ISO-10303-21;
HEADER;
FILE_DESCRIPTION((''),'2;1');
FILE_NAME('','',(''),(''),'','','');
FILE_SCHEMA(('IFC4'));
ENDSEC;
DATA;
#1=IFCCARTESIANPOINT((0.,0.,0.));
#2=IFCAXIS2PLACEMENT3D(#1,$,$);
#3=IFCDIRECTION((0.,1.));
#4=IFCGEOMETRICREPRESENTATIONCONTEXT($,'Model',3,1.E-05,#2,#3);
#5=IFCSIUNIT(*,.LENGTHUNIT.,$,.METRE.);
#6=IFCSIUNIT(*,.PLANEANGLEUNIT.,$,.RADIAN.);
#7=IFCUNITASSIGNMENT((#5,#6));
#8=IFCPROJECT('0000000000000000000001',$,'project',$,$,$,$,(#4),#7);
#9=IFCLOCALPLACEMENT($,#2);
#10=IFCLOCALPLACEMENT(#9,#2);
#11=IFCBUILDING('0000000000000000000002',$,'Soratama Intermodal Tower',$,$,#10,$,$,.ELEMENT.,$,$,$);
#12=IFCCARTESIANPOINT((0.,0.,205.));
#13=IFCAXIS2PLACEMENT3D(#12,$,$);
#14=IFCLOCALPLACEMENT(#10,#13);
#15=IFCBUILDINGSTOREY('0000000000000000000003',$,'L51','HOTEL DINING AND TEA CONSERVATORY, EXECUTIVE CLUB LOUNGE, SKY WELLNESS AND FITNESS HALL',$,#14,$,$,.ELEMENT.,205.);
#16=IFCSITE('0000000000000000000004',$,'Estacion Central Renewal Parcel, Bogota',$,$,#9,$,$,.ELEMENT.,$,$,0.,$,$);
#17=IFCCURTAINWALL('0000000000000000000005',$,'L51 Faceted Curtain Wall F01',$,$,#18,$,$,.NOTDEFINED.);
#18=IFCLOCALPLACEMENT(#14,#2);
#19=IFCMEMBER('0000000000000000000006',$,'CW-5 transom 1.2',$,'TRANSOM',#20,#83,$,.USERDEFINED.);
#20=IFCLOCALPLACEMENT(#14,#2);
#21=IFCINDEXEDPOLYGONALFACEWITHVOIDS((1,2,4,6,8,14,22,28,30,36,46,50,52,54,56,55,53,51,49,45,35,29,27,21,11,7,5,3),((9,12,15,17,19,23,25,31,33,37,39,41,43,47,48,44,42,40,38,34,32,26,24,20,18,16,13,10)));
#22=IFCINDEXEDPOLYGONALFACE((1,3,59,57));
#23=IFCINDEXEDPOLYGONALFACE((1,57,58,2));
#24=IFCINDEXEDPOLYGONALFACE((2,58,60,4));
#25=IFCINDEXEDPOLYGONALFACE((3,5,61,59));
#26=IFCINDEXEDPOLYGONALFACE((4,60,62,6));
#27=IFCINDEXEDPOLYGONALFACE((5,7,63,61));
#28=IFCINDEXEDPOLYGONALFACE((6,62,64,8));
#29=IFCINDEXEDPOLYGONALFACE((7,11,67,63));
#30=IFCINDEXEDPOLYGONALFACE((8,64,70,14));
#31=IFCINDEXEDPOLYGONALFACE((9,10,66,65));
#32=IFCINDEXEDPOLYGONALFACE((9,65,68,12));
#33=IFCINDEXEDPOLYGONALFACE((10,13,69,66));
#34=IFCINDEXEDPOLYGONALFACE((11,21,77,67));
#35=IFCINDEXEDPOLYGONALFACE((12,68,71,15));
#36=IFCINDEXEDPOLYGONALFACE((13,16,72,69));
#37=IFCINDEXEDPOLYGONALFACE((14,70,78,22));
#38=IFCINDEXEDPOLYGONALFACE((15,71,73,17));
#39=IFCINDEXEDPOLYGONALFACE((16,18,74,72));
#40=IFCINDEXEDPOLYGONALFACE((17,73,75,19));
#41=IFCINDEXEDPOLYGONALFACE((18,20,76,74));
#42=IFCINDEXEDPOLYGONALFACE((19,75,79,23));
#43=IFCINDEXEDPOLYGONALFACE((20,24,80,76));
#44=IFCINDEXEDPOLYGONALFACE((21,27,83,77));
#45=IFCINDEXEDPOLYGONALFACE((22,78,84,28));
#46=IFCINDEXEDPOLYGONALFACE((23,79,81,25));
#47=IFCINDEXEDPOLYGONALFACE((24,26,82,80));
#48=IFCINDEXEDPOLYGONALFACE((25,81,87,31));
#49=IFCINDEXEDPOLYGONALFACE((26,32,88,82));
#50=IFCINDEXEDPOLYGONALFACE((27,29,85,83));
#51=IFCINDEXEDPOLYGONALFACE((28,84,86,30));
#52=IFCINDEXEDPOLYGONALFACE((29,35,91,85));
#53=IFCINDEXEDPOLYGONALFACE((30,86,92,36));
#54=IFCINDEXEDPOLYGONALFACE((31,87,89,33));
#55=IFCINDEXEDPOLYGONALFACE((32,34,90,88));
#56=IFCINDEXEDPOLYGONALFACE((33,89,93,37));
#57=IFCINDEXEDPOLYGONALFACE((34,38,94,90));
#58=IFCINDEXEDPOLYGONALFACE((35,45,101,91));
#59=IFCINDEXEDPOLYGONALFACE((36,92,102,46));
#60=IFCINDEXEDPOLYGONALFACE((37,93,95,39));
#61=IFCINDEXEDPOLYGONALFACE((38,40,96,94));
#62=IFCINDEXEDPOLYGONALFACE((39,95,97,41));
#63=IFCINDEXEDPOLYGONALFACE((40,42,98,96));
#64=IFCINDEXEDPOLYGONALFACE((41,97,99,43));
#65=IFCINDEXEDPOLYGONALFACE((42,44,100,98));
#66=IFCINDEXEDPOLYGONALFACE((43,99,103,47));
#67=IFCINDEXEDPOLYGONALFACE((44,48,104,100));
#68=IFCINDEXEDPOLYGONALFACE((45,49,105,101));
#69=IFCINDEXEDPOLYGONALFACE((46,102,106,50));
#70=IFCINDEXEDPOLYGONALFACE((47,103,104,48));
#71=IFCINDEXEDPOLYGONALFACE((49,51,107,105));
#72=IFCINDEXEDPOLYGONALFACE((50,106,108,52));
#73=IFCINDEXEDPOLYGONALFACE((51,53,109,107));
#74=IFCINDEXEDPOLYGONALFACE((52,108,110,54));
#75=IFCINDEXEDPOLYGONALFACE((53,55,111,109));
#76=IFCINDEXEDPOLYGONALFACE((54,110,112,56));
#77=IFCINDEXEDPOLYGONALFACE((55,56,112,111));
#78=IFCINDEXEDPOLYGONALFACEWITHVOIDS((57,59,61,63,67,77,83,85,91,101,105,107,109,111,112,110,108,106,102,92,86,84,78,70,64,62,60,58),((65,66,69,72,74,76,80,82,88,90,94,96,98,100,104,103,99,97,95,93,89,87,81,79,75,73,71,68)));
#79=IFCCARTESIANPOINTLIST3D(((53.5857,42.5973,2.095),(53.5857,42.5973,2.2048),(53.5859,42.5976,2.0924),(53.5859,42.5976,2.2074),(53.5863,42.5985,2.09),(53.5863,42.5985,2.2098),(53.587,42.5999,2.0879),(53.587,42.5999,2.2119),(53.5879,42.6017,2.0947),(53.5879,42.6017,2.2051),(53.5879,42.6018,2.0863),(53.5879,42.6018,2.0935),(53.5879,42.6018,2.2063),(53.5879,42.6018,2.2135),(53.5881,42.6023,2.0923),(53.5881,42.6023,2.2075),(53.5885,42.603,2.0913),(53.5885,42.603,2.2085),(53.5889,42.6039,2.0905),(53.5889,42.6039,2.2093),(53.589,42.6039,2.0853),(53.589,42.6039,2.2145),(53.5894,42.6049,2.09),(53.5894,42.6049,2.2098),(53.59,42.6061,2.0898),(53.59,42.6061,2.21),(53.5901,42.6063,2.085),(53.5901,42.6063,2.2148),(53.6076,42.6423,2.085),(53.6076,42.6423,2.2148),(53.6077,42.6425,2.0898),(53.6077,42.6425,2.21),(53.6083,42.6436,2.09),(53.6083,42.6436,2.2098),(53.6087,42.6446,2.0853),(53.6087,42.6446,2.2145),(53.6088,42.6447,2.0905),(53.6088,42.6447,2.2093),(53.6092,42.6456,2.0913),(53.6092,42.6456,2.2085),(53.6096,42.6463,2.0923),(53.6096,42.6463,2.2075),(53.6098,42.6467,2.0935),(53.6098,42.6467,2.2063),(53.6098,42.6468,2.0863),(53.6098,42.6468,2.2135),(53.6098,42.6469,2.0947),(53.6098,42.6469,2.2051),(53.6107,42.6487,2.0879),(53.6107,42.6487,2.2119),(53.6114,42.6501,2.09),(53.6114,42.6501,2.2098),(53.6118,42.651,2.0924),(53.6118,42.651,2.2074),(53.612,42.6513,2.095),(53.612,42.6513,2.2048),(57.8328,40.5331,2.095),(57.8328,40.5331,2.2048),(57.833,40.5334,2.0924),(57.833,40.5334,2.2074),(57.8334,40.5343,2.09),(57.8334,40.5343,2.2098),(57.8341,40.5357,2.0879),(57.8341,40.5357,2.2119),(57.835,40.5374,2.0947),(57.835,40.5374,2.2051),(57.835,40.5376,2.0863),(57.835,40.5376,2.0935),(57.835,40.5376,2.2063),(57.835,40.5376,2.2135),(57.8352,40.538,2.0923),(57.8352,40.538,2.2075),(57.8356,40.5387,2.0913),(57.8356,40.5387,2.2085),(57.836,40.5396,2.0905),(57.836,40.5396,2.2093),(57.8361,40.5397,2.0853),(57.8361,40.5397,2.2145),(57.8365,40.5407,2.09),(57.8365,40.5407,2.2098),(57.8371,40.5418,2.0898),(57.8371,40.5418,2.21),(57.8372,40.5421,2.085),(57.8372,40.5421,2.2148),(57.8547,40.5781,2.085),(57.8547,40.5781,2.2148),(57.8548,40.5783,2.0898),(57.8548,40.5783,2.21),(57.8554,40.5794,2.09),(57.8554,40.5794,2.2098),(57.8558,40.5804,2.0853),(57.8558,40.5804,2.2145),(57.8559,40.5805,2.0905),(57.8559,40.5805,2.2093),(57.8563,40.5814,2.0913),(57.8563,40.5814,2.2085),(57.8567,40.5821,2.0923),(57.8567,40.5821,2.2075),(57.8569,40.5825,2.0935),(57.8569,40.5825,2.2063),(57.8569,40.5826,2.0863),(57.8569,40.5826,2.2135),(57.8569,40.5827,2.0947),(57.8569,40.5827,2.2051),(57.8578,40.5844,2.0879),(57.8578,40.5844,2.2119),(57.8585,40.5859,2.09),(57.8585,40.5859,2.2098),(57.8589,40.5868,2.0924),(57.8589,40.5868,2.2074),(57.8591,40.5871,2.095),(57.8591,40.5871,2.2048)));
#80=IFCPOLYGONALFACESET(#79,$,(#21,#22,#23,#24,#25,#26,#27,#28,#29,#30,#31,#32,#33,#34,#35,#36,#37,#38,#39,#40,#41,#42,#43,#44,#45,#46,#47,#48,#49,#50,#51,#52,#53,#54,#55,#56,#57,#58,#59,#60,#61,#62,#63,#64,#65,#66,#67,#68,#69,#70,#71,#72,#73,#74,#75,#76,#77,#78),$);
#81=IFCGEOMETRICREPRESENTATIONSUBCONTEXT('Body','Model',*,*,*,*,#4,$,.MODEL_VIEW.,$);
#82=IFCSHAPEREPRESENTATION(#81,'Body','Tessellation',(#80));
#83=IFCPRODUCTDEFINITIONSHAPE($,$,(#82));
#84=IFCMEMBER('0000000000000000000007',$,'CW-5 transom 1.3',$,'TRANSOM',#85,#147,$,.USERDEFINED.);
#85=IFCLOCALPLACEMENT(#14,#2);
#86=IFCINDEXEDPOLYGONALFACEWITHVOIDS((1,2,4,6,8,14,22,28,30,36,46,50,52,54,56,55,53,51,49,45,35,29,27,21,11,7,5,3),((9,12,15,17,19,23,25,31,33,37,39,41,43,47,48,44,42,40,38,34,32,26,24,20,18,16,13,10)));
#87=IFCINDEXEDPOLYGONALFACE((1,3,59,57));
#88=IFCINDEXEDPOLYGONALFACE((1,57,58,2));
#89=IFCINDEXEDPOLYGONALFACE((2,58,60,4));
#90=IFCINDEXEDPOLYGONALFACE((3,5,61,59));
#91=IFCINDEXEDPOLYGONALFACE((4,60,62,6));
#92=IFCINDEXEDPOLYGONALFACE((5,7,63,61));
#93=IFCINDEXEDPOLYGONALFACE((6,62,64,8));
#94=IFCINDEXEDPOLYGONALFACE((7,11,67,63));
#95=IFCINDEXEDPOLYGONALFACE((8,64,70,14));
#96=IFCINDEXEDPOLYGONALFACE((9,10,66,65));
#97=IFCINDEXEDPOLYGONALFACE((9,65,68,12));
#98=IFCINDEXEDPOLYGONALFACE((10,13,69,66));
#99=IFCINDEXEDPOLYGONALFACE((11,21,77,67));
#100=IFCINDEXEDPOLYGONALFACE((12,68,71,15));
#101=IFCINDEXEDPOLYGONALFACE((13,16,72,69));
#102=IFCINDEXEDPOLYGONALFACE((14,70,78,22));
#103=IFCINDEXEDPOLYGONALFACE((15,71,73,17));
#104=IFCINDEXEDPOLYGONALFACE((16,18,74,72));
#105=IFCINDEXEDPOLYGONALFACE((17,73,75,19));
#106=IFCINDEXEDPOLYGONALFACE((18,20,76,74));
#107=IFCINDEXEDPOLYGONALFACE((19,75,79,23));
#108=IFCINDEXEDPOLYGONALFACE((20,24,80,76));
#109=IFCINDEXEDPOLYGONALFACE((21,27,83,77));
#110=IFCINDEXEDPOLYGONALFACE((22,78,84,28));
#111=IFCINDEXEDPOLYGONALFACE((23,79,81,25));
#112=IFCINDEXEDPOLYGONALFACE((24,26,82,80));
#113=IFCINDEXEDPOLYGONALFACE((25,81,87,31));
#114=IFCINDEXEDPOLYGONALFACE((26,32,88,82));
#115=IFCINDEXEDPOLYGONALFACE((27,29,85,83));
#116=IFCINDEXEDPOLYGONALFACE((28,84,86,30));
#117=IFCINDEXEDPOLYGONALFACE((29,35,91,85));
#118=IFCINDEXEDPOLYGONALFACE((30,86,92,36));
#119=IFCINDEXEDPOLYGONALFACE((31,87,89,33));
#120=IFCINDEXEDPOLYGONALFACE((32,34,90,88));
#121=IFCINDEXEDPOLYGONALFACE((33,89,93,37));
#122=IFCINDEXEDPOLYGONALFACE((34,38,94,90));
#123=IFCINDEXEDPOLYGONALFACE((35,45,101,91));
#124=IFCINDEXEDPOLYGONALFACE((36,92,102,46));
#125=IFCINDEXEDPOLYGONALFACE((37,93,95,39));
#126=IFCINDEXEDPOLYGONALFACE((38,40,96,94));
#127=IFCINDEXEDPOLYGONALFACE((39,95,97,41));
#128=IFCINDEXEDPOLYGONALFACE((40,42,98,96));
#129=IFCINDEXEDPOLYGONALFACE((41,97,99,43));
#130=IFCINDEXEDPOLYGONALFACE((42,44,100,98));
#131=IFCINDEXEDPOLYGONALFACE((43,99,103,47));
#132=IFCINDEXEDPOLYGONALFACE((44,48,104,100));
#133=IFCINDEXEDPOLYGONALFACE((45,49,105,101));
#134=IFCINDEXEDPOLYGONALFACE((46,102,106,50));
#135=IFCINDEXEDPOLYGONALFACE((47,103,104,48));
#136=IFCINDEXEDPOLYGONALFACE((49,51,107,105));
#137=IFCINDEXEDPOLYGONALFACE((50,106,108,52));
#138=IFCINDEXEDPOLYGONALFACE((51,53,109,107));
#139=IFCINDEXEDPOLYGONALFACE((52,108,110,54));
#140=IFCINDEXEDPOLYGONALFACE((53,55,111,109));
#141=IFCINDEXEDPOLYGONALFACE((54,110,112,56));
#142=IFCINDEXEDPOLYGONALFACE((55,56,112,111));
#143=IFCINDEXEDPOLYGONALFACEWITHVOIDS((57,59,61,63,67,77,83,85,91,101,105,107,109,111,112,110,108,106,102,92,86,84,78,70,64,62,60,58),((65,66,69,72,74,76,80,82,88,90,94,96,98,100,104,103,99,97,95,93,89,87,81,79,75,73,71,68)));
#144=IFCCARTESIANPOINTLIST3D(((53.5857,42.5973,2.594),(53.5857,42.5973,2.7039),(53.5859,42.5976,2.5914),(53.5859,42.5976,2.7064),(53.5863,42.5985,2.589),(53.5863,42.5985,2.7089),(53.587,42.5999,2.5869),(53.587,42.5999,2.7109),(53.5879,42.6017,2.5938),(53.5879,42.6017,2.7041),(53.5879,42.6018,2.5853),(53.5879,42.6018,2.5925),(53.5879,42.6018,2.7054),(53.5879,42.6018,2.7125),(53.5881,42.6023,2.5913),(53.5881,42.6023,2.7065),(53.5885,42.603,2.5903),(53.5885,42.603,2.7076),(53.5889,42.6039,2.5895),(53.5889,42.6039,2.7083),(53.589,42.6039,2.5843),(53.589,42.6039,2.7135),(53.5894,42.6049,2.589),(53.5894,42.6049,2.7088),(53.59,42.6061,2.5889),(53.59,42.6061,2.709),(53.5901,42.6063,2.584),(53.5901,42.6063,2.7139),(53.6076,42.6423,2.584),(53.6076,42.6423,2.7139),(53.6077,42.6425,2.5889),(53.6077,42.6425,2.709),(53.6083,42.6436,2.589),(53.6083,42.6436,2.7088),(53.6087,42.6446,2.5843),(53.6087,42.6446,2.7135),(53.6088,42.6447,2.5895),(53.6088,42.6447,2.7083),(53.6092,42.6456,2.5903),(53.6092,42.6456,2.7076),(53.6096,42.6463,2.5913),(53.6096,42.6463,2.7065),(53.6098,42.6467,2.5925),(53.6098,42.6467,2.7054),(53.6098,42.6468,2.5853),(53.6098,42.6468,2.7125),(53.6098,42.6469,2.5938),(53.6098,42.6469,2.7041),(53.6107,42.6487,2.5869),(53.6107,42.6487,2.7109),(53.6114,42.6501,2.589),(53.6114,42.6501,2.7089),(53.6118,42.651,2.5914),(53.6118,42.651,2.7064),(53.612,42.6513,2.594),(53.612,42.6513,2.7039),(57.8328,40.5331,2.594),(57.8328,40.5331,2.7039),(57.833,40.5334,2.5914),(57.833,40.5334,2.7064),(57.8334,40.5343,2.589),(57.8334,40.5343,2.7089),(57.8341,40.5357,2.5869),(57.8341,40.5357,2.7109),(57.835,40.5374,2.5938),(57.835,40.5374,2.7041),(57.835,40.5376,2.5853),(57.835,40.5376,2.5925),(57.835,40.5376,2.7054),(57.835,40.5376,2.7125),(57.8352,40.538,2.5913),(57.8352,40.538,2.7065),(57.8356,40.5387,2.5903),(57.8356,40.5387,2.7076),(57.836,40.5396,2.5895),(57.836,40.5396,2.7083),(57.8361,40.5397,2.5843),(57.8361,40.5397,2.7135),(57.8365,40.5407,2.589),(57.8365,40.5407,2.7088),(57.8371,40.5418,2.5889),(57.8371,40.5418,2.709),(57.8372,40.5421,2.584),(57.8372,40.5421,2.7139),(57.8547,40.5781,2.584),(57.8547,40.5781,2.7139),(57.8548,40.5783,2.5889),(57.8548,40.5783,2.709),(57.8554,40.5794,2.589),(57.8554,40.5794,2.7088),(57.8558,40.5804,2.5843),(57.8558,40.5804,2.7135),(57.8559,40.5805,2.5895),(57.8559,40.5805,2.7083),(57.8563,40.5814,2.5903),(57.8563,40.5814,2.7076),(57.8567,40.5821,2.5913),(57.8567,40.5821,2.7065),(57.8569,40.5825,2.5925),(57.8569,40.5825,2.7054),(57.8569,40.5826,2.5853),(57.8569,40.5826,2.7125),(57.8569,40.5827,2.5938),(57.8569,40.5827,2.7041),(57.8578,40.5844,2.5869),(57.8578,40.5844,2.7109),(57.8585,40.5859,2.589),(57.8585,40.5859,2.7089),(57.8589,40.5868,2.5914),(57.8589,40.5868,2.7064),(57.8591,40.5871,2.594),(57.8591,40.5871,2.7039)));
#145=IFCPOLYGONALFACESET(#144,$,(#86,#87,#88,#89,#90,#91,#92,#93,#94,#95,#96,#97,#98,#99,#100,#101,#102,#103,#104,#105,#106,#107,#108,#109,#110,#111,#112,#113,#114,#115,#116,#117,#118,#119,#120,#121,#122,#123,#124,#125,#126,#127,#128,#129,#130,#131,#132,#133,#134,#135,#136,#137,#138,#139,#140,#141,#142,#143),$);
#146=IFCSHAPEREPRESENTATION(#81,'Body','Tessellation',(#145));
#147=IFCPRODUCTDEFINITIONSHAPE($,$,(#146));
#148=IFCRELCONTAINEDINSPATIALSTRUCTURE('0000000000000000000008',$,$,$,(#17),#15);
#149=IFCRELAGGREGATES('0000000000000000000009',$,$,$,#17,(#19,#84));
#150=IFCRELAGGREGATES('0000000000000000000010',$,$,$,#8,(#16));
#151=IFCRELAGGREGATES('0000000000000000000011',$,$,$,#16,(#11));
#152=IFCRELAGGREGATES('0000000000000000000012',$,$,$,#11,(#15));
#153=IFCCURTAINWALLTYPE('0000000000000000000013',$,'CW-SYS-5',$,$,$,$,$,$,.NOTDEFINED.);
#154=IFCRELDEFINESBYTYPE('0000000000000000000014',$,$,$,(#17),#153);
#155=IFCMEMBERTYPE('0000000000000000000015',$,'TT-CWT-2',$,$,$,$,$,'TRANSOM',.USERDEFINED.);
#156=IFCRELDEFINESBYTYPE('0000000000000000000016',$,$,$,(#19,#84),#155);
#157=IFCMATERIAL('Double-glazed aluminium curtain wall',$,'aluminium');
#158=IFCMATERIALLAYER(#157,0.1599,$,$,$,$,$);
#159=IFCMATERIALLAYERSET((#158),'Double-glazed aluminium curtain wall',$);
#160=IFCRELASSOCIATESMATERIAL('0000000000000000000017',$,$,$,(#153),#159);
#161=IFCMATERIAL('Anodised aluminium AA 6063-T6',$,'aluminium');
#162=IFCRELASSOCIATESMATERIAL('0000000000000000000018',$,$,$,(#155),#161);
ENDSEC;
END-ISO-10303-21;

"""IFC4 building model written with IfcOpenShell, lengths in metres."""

from ifc_helpers import new_model, si_unit, direction, frame, origin, origin_2d, place, context, subcontext, project, spatial, hollow_rectangle, extrude, material, layer, layer_set, material_profile, profile_set, type_object, element, aggregate, save


model = new_model("IFC4")

# Units and contexts
model_context = context("Model", 3, precision=1e-05, world=origin(), true_north=direction((0.0, 1.0)))
body_context = subcontext(model_context, "Body", "Model", "MODEL_VIEW")
ifc_project = project(units=[si_unit("LENGTHUNIT", "METRE"), si_unit("PLANEANGLEUNIT", "RADIAN")], contexts=[model_context])

# Site, building, storey
site_placement = place(None, origin())
site = spatial("IfcSite", under=ifc_project, at=site_placement, Name="Estacion Central Renewal Parcel, Bogota", CompositionType="ELEMENT", RefElevation=0.0)
building_placement = place(site_placement, origin())
building = spatial("IfcBuilding", under=site, at=building_placement, Name="Soratama Intermodal Tower", CompositionType="ELEMENT")
storey_placement = place(building_placement, frame((0.0, 0.0, 205.0)))
storey = spatial("IfcBuildingStorey", under=building, at=storey_placement, Name="L51", Description="HOTEL DINING AND TEA CONSERVATORY, EXECUTIVE CLUB LOUNGE, SKY WELLNESS AND FITNESS HALL", CompositionType="ELEMENT", Elevation=205.0)

# Curtain wall
ifc_material_1 = material(Name="Double-glazed aluminium curtain wall", Category="aluminium")
ifc_layer_1 = layer(ifc_material_1, 0.1599)
ifc_layer_set_1 = layer_set([ifc_layer_1], Name="Double-glazed aluminium curtain wall")
curtain_wall_type = type_object("IfcCurtainWallType", Name="CW-SYS-5", PredefinedType="NOTDEFINED", material=ifc_layer_set_1)
curtain_wall_1_placement = place(storey_placement, origin())
curtain_wall_1 = element("IfcCurtainWall", 1, at=curtain_wall_1_placement, inside=storey, type_object=curtain_wall_type, Name="L51 Faceted Curtain Wall F01", PredefinedType="NOTDEFINED")

# Members
ifc_material_2 = material(Name="Anodised aluminium AA 6063-T6", Category="aluminium")
ifc_material_profile_1 = material_profile(ifc_material_2, hollow_rectangle(XDim=0.0601, YDim=0.1299, WallThickness=0.0049, InnerFilletRadius=0.0049, OuterFilletRadius=0.01, at=origin_2d()), Name="CWT130X60X5")
ifc_profile_set_1 = profile_set([ifc_material_profile_1], Name="Anodised aluminium AA 6063-T6")
member_type_1 = type_object("IfcMemberType", Name="TT-CWT-2", ElementType="TRANSOM", PredefinedType="USERDEFINED", material=ifc_profile_set_1)
member_1_placement = place(storey_placement, frame((57.8459, 40.5601, 2.1499), z_axis=(-0.899396, 0.437135, 0.0), x_axis=(-0.437135, -0.899396, 0.0)))
member_1 = element("IfcMember", 2, at=member_1_placement, type_object=member_type_1, Name="CW-5 transom 1.2", ObjectType="TRANSOM", PredefinedType="USERDEFINED", context=body_context, shape_type="SweptSolid", body=[
    extrude(hollow_rectangle(XDim=0.0601, YDim=0.1299, WallThickness=0.0049, InnerFilletRadius=0.0049, OuterFilletRadius=0.01, at=origin_2d()), origin(), (0.0, 0.0, 1.0), 4.7222),
])
member_2_placement = place(storey_placement, frame((57.8459, 40.5601, 2.6489), z_axis=(-0.899396, 0.437135, 0.0), x_axis=(-0.437135, -0.899396, 0.0)))
member_2 = element("IfcMember", 3, at=member_2_placement, type_object=member_type_1, Name="CW-5 transom 1.3", ObjectType="TRANSOM", PredefinedType="USERDEFINED", context=body_context, shape_type="SweptSolid", body=[
    extrude(hollow_rectangle(XDim=0.0601, YDim=0.1299, WallThickness=0.0049, InnerFilletRadius=0.0049, OuterFilletRadius=0.01, at=origin_2d()), origin(), (0.0, 0.0, 1.0), 4.7222),
])

aggregate(curtain_wall_1, [member_1, member_2])

save(model, "model.ifc")
